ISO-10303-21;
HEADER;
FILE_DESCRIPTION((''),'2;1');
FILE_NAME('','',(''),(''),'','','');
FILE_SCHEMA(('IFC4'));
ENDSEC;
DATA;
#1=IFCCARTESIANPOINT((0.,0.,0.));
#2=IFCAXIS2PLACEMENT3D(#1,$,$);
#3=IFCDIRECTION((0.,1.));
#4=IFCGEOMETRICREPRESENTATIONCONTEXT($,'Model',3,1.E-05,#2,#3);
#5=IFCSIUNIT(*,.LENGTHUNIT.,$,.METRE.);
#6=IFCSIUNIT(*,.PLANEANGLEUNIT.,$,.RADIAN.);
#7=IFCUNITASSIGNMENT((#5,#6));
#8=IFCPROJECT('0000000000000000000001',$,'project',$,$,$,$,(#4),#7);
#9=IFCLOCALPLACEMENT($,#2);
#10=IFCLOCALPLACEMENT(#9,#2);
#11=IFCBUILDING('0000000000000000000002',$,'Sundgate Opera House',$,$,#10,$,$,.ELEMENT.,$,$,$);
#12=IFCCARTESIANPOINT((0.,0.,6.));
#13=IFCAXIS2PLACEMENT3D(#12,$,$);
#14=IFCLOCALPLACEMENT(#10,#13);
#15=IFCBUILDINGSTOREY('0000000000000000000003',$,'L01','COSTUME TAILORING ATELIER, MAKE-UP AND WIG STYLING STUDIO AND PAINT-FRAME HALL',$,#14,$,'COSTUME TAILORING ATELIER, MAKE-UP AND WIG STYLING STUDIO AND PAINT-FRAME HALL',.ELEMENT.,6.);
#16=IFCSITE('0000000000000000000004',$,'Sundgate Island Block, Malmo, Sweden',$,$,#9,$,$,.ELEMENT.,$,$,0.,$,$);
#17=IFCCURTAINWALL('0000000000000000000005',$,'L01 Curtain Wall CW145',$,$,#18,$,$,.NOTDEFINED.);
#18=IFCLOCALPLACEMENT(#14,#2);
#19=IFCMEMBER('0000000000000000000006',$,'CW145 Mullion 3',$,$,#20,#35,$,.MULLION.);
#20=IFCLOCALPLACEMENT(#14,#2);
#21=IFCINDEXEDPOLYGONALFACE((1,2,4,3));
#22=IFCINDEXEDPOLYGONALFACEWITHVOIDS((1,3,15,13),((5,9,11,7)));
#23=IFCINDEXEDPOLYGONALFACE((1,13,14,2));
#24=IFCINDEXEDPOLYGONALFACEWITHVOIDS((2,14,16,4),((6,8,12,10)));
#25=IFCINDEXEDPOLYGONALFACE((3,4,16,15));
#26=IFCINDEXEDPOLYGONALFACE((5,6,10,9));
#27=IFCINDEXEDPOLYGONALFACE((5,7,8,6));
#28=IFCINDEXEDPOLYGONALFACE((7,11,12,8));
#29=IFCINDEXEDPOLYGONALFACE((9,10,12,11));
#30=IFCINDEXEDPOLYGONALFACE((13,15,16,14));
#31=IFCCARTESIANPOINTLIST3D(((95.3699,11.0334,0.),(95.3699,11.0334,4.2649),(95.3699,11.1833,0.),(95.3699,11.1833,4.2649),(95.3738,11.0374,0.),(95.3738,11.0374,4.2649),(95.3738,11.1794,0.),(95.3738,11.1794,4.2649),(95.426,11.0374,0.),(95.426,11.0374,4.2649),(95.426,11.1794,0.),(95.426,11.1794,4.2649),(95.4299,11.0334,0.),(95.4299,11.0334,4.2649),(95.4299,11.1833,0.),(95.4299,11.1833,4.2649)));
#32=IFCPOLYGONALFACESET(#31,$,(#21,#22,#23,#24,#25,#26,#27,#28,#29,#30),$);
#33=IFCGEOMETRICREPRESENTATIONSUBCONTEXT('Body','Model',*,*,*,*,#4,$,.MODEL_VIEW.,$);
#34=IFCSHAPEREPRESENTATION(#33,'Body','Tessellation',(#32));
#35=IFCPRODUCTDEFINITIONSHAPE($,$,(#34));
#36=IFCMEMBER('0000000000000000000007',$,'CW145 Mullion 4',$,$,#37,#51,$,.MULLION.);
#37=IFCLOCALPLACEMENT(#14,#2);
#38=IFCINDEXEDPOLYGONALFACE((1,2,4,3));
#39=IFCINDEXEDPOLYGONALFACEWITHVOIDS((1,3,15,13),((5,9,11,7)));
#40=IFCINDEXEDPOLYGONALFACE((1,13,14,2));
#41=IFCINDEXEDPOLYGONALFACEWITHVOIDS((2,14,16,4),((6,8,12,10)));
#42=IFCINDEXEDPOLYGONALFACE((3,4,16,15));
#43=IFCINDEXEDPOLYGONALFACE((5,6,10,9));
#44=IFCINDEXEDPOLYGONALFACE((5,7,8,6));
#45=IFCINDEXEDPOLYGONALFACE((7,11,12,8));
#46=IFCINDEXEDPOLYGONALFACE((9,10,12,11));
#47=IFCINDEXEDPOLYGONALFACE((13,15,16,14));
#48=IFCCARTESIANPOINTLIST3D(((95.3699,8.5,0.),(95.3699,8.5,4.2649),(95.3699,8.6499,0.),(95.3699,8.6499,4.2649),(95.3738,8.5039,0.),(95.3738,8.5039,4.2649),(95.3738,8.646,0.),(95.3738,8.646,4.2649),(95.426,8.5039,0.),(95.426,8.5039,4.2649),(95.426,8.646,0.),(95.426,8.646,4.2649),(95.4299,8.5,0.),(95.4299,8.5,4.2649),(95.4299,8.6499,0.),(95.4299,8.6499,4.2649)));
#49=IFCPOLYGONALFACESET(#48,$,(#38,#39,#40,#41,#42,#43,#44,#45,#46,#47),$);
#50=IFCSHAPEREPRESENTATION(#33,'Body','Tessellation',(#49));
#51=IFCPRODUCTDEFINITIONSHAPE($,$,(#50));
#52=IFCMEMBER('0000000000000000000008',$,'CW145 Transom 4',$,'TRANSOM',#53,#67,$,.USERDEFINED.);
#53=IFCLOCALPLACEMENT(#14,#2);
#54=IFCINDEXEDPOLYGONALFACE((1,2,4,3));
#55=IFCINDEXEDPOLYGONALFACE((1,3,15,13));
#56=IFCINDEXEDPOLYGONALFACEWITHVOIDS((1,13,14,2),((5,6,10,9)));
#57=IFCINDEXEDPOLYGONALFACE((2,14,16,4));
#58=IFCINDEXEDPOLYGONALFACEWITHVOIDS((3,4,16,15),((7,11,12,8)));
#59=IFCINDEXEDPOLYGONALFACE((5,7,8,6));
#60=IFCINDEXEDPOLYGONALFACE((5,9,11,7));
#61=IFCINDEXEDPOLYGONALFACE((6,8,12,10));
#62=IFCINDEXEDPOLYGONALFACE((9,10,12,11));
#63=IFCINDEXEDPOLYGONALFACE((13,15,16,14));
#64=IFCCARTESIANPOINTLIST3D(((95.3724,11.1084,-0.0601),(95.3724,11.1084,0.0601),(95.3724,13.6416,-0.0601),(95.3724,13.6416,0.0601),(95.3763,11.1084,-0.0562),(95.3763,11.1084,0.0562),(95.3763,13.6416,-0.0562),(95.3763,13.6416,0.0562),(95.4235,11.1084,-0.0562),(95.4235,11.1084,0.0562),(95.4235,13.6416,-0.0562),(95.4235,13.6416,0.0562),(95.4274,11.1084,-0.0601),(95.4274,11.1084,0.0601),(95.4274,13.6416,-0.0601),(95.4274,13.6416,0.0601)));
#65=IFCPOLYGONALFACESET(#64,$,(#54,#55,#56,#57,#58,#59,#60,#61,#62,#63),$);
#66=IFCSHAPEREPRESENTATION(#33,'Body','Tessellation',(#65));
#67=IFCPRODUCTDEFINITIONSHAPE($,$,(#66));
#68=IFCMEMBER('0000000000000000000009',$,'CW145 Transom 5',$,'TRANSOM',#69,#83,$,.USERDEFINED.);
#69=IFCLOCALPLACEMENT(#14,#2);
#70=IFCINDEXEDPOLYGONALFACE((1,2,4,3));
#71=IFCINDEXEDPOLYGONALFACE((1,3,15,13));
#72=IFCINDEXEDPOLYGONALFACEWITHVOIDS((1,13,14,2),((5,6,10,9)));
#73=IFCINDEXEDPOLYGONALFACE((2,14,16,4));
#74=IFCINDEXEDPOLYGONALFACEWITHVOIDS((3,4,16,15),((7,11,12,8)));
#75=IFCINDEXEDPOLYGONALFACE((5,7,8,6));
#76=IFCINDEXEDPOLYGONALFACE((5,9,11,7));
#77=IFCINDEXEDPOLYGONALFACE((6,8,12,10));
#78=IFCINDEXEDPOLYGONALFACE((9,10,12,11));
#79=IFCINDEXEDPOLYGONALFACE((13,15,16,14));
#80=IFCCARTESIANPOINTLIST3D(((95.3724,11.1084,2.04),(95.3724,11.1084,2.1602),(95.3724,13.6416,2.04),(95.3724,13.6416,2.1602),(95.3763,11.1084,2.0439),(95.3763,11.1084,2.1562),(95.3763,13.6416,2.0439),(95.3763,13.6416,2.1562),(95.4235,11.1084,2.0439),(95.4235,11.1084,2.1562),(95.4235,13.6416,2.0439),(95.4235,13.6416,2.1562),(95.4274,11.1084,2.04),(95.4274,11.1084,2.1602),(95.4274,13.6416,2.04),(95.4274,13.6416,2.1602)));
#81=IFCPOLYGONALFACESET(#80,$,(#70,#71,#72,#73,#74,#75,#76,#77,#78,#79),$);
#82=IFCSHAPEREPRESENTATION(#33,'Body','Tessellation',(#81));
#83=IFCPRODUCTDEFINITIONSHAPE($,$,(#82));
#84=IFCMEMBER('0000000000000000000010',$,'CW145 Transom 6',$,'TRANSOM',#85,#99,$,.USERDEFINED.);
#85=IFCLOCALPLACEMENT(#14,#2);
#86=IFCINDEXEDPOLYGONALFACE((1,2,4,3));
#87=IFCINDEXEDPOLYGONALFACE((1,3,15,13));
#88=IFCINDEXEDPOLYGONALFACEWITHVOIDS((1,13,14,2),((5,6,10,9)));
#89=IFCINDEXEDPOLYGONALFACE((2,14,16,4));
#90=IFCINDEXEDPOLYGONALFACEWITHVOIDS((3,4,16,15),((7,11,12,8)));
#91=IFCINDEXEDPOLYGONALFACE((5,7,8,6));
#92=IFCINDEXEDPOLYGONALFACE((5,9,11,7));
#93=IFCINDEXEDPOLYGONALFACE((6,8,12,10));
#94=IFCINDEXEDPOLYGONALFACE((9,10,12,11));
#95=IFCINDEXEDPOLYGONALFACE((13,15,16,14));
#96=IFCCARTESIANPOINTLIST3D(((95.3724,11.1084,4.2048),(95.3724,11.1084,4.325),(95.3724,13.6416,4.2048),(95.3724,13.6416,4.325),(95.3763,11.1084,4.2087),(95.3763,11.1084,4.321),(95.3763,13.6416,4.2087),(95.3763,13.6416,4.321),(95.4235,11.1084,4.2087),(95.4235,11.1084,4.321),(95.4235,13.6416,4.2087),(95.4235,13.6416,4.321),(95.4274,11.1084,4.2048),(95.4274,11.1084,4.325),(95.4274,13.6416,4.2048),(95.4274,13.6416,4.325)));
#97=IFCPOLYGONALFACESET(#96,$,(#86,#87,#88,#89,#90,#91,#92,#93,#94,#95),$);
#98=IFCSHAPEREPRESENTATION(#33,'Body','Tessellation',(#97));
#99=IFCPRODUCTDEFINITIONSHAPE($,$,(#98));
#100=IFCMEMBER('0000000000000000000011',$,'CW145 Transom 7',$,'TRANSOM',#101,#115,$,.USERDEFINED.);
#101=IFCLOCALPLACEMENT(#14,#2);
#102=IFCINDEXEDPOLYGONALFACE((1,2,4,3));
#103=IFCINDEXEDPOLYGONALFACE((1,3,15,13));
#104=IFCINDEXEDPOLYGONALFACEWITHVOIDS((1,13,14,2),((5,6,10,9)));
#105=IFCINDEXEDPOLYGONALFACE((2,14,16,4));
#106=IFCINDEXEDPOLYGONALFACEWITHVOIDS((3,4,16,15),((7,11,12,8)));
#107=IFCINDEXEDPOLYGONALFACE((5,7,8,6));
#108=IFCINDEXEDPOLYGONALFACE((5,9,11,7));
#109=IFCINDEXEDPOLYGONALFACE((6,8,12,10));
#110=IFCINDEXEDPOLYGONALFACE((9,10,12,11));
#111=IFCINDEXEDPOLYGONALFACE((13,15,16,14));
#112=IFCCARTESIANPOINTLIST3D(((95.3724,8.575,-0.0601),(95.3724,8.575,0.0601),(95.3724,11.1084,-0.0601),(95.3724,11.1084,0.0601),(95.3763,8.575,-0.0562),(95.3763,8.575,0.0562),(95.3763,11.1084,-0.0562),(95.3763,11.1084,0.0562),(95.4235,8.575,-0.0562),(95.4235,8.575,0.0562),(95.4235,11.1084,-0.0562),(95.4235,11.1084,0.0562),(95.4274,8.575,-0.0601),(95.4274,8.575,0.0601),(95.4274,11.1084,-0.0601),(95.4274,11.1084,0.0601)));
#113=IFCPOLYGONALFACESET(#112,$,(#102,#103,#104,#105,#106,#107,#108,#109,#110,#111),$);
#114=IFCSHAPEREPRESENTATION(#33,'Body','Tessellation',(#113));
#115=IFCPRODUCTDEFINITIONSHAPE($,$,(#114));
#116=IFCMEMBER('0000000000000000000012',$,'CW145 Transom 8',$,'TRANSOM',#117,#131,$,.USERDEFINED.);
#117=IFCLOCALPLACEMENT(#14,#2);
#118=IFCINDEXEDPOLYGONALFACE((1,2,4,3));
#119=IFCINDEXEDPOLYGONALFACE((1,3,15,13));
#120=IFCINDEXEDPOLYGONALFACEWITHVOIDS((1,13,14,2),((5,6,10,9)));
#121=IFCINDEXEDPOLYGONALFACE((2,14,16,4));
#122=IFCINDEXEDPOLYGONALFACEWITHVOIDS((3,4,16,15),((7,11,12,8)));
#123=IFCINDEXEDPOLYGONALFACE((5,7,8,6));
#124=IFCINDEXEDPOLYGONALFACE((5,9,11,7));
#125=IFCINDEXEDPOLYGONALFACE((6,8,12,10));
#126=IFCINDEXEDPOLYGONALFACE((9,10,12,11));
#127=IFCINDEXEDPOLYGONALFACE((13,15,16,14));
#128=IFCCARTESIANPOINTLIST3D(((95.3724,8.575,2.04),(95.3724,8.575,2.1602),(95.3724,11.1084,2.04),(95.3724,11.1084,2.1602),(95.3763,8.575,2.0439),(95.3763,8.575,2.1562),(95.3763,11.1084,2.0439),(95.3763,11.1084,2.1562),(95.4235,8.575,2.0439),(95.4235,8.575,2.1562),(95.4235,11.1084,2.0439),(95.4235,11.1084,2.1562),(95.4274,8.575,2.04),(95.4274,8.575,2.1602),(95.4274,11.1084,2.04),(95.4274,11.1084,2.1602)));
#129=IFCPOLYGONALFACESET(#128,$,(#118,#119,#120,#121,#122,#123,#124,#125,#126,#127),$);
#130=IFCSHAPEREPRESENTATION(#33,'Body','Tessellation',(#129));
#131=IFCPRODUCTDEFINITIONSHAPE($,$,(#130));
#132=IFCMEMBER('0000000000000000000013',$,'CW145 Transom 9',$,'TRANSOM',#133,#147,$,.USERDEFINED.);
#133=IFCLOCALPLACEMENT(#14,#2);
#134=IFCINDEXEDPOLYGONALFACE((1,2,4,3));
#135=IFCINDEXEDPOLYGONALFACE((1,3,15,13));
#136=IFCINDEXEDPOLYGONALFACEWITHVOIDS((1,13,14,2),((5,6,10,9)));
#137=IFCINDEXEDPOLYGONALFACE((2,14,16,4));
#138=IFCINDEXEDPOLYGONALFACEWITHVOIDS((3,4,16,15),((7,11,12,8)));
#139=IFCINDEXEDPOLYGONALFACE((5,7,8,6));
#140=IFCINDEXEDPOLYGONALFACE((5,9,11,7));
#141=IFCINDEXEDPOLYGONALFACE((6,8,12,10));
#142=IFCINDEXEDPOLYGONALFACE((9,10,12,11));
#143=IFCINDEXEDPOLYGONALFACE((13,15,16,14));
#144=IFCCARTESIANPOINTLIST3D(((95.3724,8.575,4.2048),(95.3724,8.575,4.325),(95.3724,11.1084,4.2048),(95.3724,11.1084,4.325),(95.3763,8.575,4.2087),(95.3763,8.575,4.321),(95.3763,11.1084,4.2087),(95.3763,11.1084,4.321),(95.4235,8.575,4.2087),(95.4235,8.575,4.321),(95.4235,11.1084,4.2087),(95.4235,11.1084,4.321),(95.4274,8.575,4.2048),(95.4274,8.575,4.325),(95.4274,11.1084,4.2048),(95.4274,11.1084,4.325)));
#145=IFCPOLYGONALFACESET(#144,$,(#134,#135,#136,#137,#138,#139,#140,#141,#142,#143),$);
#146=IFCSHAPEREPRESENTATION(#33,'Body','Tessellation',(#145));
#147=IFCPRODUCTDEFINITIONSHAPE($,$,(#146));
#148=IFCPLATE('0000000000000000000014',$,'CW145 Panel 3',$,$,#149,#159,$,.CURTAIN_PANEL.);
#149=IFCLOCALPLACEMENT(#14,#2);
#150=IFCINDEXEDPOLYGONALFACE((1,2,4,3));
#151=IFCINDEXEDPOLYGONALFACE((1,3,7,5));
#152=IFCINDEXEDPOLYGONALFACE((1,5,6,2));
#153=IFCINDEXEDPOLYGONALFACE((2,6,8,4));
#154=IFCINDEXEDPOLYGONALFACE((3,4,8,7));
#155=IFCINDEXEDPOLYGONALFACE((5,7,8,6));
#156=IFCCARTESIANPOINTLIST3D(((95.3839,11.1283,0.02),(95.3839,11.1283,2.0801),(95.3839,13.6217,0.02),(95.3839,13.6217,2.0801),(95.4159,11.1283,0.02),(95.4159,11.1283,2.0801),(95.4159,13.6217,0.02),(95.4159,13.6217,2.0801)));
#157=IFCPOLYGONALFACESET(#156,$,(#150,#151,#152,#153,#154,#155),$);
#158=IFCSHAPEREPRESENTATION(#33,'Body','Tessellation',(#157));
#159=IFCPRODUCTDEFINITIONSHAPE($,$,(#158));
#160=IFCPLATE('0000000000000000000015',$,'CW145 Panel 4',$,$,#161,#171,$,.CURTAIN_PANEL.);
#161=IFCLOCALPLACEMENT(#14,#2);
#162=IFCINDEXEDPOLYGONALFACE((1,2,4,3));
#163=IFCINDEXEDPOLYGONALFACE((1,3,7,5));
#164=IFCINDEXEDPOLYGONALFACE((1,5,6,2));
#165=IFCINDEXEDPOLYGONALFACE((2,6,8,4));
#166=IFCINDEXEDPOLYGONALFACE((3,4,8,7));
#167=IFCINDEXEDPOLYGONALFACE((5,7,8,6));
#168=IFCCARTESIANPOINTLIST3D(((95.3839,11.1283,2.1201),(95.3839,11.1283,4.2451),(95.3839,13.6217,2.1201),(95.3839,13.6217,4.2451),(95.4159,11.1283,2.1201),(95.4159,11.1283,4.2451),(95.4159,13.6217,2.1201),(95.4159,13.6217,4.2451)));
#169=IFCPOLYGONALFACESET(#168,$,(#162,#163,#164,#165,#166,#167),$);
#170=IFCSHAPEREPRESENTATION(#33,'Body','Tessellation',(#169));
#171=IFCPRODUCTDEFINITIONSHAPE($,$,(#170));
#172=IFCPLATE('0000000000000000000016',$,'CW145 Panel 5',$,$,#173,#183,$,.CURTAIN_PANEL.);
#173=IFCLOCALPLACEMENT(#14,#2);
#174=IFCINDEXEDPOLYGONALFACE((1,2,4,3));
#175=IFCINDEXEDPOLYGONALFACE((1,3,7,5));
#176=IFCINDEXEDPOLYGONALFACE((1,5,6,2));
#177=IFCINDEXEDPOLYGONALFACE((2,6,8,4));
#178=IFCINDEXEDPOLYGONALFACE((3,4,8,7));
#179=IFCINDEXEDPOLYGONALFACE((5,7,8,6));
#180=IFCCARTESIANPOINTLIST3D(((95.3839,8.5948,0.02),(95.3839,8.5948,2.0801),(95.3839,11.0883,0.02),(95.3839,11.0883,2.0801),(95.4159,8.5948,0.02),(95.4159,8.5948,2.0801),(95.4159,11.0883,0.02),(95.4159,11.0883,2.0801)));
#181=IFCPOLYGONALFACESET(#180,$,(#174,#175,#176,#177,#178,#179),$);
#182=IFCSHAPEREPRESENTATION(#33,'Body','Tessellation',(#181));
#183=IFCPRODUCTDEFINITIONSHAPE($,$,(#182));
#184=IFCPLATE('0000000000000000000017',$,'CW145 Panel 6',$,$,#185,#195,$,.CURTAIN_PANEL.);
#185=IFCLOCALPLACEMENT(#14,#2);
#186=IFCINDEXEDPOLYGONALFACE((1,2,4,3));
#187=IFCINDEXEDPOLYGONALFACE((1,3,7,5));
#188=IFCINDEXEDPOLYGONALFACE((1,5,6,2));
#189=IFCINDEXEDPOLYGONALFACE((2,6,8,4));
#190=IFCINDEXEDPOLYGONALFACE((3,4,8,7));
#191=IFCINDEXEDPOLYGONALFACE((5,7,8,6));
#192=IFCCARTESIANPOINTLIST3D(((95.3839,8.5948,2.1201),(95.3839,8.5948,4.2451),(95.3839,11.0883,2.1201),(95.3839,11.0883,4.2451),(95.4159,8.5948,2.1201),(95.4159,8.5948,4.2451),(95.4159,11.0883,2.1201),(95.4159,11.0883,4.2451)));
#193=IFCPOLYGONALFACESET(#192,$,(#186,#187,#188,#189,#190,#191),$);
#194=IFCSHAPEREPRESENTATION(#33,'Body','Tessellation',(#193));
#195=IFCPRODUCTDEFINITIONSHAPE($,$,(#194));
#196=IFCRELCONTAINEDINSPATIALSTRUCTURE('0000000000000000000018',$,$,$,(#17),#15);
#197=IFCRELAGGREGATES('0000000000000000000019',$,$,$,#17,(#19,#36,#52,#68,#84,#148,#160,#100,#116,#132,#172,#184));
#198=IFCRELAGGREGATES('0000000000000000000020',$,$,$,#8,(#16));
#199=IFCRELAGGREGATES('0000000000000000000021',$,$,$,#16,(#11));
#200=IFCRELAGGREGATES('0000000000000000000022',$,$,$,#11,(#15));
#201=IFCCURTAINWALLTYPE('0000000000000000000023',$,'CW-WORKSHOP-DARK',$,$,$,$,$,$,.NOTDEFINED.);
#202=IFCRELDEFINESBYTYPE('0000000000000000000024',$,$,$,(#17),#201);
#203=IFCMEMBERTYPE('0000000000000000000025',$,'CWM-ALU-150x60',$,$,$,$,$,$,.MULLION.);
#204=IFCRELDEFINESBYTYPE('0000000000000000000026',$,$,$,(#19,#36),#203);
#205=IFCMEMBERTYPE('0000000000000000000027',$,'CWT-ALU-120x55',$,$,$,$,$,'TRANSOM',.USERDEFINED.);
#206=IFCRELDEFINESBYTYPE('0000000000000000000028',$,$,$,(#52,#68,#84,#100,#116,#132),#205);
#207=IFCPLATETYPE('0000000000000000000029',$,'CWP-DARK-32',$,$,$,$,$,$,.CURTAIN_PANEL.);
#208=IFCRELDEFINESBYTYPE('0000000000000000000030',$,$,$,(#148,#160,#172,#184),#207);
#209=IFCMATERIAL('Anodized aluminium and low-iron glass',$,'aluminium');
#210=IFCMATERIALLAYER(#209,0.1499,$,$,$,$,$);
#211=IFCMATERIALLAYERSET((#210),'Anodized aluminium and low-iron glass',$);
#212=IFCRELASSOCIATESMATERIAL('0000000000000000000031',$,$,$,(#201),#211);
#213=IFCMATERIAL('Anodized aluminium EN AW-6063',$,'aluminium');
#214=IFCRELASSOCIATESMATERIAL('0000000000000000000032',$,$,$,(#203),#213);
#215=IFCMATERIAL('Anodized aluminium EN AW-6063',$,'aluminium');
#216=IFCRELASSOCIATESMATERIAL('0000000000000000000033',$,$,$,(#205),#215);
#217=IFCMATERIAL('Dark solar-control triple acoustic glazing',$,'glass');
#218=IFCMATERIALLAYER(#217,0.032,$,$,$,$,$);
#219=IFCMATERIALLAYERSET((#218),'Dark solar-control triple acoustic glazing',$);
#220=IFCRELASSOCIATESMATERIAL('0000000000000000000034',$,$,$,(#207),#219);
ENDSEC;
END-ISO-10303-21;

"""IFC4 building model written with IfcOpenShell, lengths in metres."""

from ifc_helpers import new_model, si_unit, direction, frame, origin, origin_2d, place, context, subcontext, project, spatial, rectangle, hollow_rectangle, extrude, material, layer, layer_set, material_profile, profile_set, type_object, element, aggregate, save


model = new_model("IFC4")

# Units and contexts
model_context = context("Model", 3, precision=1e-05, world=origin(), true_north=direction((0.0, 1.0)))
body_context = subcontext(model_context, "Body", "Model", "MODEL_VIEW")
ifc_project = project(units=[si_unit("LENGTHUNIT", "METRE"), si_unit("PLANEANGLEUNIT", "RADIAN")], contexts=[model_context])

# Site, building, storey
site_placement = place(None, origin())
site = spatial("IfcSite", under=ifc_project, at=site_placement, Name="Sundgate Island Block, Malmo, Sweden", CompositionType="ELEMENT", RefElevation=0.0)
building_placement = place(site_placement, origin())
building = spatial("IfcBuilding", under=site, at=building_placement, Name="Sundgate Opera House", CompositionType="ELEMENT")
storey_placement = place(building_placement, frame((0.0, 0.0, 6.0)))
storey = spatial("IfcBuildingStorey", under=building, at=storey_placement, Name="L01", Description="COSTUME TAILORING ATELIER, MAKE-UP AND WIG STYLING STUDIO AND PAINT-FRAME HALL", LongName="COSTUME TAILORING ATELIER, MAKE-UP AND WIG STYLING STUDIO AND PAINT-FRAME HALL", CompositionType="ELEMENT", Elevation=6.0)

# Curtain wall, members, plates
ifc_material_1 = material(Name="Anodized aluminium and low-iron glass", Category="aluminium")
ifc_layer_1 = layer(ifc_material_1, 0.1499)
ifc_layer_set_1 = layer_set([ifc_layer_1], Name="Anodized aluminium and low-iron glass")
curtain_wall_type = type_object("IfcCurtainWallType", Name="CW-WORKSHOP-DARK", PredefinedType="NOTDEFINED", material=ifc_layer_set_1)
curtain_wall_placement = place(storey_placement, origin())
curtain_wall = element("IfcCurtainWall", 1, at=curtain_wall_placement, inside=storey, type_object=curtain_wall_type, Name="L01 Curtain Wall CW145", PredefinedType="NOTDEFINED")
ifc_material_2 = material(Name="Anodized aluminium EN AW-6063", Category="aluminium")
ifc_material_profile_1 = material_profile(ifc_material_2, hollow_rectangle(XDim=0.0601, YDim=0.1499, WallThickness=0.0039, at=origin_2d()), Name="CWM 150x60x4")
ifc_profile_set_1 = profile_set([ifc_material_profile_1], Name="Anodized aluminium EN AW-6063")
member_type_1 = type_object("IfcMemberType", Name="CWM-ALU-150x60", PredefinedType="MULLION", material=ifc_profile_set_1)
member_1_placement = place(storey_placement, frame((95.3999, 11.1084, 0.0), z_axis=(0.0, 0.0, 1.0), x_axis=(1.0, 0.0, 0.0)))
member_1 = element("IfcMember", 2, at=member_1_placement, type_object=member_type_1, Name="CW145 Mullion 3", PredefinedType="MULLION", context=body_context, shape_type="SweptSolid", body=[
    extrude(hollow_rectangle(XDim=0.0601, YDim=0.1499, WallThickness=0.0039, at=origin_2d()), origin(), (0.0, 0.0, 1.0), 4.2649),
])
member_2_placement = place(storey_placement, frame((95.3999, 8.575, 0.0), z_axis=(0.0, 0.0, 1.0), x_axis=(1.0, 0.0, 0.0)))
member_2 = element("IfcMember", 3, at=member_2_placement, type_object=member_type_1, Name="CW145 Mullion 4", PredefinedType="MULLION", context=body_context, shape_type="SweptSolid", body=[
    extrude(hollow_rectangle(XDim=0.0601, YDim=0.1499, WallThickness=0.0039, at=origin_2d()), origin(), (0.0, 0.0, 1.0), 4.2649),
])
ifc_material_3 = material(Name="Anodized aluminium EN AW-6063", Category="aluminium")
ifc_material_profile_2 = material_profile(ifc_material_3, hollow_rectangle(XDim=0.0549, YDim=0.1201, WallThickness=0.0039, at=origin_2d()), Name="CWT 120x55x4")
ifc_profile_set_2 = profile_set([ifc_material_profile_2], Name="Anodized aluminium EN AW-6063")
member_type_2 = type_object("IfcMemberType", Name="CWT-ALU-120x55", ElementType="TRANSOM", PredefinedType="USERDEFINED", material=ifc_profile_set_2)
member_3_placement = place(storey_placement, frame((95.3999, 13.6416, 0.0), z_axis=(0.0, -1.0, 0.0), x_axis=(1.0, 0.0, 0.0)))
member_3 = element("IfcMember", 4, at=member_3_placement, type_object=member_type_2, Name="CW145 Transom 4", ObjectType="TRANSOM", PredefinedType="USERDEFINED", context=body_context, shape_type="SweptSolid", body=[
    extrude(hollow_rectangle(XDim=0.0549, YDim=0.1201, WallThickness=0.0039, at=origin_2d()), origin(), (0.0, 0.0, 1.0), 2.5332),
])
member_4_placement = place(storey_placement, frame((95.3999, 13.6416, 2.1001), z_axis=(0.0, -1.0, 0.0), x_axis=(1.0, 0.0, 0.0)))
member_4 = element("IfcMember", 5, at=member_4_placement, type_object=member_type_2, Name="CW145 Transom 5", ObjectType="TRANSOM", PredefinedType="USERDEFINED", context=body_context, shape_type="SweptSolid", body=[
    extrude(hollow_rectangle(XDim=0.0549, YDim=0.1201, WallThickness=0.0039, at=origin_2d()), origin(), (0.0, 0.0, 1.0), 2.5332),
])
member_5_placement = place(storey_placement, frame((95.3999, 13.6416, 4.2649), z_axis=(0.0, -1.0, 0.0), x_axis=(1.0, 0.0, 0.0)))
member_5 = element("IfcMember", 6, at=member_5_placement, type_object=member_type_2, Name="CW145 Transom 6", ObjectType="TRANSOM", PredefinedType="USERDEFINED", context=body_context, shape_type="SweptSolid", body=[
    extrude(hollow_rectangle(XDim=0.0549, YDim=0.1201, WallThickness=0.0039, at=origin_2d()), origin(), (0.0, 0.0, 1.0), 2.5332),
])
member_6_placement = place(storey_placement, frame((95.3999, 11.1084, 0.0), z_axis=(0.0, -1.0, 0.0), x_axis=(1.0, 0.0, 0.0)))
member_6 = element("IfcMember", 7, at=member_6_placement, type_object=member_type_2, Name="CW145 Transom 7", ObjectType="TRANSOM", PredefinedType="USERDEFINED", context=body_context, shape_type="SweptSolid", body=[
    extrude(hollow_rectangle(XDim=0.0549, YDim=0.1201, WallThickness=0.0039, at=origin_2d()), origin(), (0.0, 0.0, 1.0), 2.5334),
])
member_7_placement = place(storey_placement, frame((95.3999, 11.1084, 2.1001), z_axis=(0.0, -1.0, 0.0), x_axis=(1.0, 0.0, 0.0)))
member_7 = element("IfcMember", 8, at=member_7_placement, type_object=member_type_2, Name="CW145 Transom 8", ObjectType="TRANSOM", PredefinedType="USERDEFINED", context=body_context, shape_type="SweptSolid", body=[
    extrude(hollow_rectangle(XDim=0.0549, YDim=0.1201, WallThickness=0.0039, at=origin_2d()), origin(), (0.0, 0.0, 1.0), 2.5334),
])
member_8_placement = place(storey_placement, frame((95.3999, 11.1084, 4.2649), z_axis=(0.0, -1.0, 0.0), x_axis=(1.0, 0.0, 0.0)))
member_8 = element("IfcMember", 9, at=member_8_placement, type_object=member_type_2, Name="CW145 Transom 9", ObjectType="TRANSOM", PredefinedType="USERDEFINED", context=body_context, shape_type="SweptSolid", body=[
    extrude(hollow_rectangle(XDim=0.0549, YDim=0.1201, WallThickness=0.0039, at=origin_2d()), origin(), (0.0, 0.0, 1.0), 2.5334),
])
ifc_material_4 = material(Name="Dark solar-control triple acoustic glazing", Category="glass")
ifc_layer_2 = layer(ifc_material_4, 0.032)
ifc_layer_set_2 = layer_set([ifc_layer_2], Name="Dark solar-control triple acoustic glazing")
plate_type_1 = type_object("IfcPlateType", Name="CWP-DARK-32", PredefinedType="CURTAIN_PANEL", material=ifc_layer_set_2)
plate_1_placement = place(storey_placement, frame((95.3999, 12.375, 0.02), z_axis=(0.0, 0.0, 1.0), x_axis=(0.0, -1.0, 0.0)))
plate_1 = element("IfcPlate", 10, at=plate_1_placement, type_object=plate_type_1, Name="CW145 Panel 3", PredefinedType="CURTAIN_PANEL", context=body_context, shape_type="SweptSolid", body=[
    extrude(rectangle(XDim=2.4934, YDim=0.032, at=origin_2d()), origin(), (0.0, 0.0, 1.0), 2.0601),
])
plate_2_placement = place(storey_placement, frame((95.3999, 12.375, 2.1201), z_axis=(0.0, 0.0, 1.0), x_axis=(0.0, -1.0, 0.0)))
plate_2 = element("IfcPlate", 11, at=plate_2_placement, type_object=plate_type_1, Name="CW145 Panel 4", PredefinedType="CURTAIN_PANEL", context=body_context, shape_type="SweptSolid", body=[
    extrude(rectangle(XDim=2.4934, YDim=0.032, at=origin_2d()), origin(), (0.0, 0.0, 1.0), 2.125),
])
plate_3_placement = place(storey_placement, frame((95.3999, 9.8416, 0.02), z_axis=(0.0, 0.0, 1.0), x_axis=(0.0, -1.0, 0.0)))
plate_3 = element("IfcPlate", 12, at=plate_3_placement, type_object=plate_type_1, Name="CW145 Panel 5", PredefinedType="CURTAIN_PANEL", context=body_context, shape_type="SweptSolid", body=[
    extrude(rectangle(XDim=2.4934, YDim=0.032, at=origin_2d()), origin(), (0.0, 0.0, 1.0), 2.0601),
])
plate_4_placement = place(storey_placement, frame((95.3999, 9.8416, 2.1201), z_axis=(0.0, 0.0, 1.0), x_axis=(0.0, -1.0, 0.0)))
plate_4 = element("IfcPlate", 13, at=plate_4_placement, type_object=plate_type_1, Name="CW145 Panel 6", PredefinedType="CURTAIN_PANEL", context=body_context, shape_type="SweptSolid", body=[
    extrude(rectangle(XDim=2.4934, YDim=0.032, at=origin_2d()), origin(), (0.0, 0.0, 1.0), 2.125),
])
aggregate(curtain_wall, [member_1, member_2, member_3, member_4, member_5, plate_1, plate_2, member_6, member_7, member_8, plate_3, plate_4])

save(model, "model.ifc")
